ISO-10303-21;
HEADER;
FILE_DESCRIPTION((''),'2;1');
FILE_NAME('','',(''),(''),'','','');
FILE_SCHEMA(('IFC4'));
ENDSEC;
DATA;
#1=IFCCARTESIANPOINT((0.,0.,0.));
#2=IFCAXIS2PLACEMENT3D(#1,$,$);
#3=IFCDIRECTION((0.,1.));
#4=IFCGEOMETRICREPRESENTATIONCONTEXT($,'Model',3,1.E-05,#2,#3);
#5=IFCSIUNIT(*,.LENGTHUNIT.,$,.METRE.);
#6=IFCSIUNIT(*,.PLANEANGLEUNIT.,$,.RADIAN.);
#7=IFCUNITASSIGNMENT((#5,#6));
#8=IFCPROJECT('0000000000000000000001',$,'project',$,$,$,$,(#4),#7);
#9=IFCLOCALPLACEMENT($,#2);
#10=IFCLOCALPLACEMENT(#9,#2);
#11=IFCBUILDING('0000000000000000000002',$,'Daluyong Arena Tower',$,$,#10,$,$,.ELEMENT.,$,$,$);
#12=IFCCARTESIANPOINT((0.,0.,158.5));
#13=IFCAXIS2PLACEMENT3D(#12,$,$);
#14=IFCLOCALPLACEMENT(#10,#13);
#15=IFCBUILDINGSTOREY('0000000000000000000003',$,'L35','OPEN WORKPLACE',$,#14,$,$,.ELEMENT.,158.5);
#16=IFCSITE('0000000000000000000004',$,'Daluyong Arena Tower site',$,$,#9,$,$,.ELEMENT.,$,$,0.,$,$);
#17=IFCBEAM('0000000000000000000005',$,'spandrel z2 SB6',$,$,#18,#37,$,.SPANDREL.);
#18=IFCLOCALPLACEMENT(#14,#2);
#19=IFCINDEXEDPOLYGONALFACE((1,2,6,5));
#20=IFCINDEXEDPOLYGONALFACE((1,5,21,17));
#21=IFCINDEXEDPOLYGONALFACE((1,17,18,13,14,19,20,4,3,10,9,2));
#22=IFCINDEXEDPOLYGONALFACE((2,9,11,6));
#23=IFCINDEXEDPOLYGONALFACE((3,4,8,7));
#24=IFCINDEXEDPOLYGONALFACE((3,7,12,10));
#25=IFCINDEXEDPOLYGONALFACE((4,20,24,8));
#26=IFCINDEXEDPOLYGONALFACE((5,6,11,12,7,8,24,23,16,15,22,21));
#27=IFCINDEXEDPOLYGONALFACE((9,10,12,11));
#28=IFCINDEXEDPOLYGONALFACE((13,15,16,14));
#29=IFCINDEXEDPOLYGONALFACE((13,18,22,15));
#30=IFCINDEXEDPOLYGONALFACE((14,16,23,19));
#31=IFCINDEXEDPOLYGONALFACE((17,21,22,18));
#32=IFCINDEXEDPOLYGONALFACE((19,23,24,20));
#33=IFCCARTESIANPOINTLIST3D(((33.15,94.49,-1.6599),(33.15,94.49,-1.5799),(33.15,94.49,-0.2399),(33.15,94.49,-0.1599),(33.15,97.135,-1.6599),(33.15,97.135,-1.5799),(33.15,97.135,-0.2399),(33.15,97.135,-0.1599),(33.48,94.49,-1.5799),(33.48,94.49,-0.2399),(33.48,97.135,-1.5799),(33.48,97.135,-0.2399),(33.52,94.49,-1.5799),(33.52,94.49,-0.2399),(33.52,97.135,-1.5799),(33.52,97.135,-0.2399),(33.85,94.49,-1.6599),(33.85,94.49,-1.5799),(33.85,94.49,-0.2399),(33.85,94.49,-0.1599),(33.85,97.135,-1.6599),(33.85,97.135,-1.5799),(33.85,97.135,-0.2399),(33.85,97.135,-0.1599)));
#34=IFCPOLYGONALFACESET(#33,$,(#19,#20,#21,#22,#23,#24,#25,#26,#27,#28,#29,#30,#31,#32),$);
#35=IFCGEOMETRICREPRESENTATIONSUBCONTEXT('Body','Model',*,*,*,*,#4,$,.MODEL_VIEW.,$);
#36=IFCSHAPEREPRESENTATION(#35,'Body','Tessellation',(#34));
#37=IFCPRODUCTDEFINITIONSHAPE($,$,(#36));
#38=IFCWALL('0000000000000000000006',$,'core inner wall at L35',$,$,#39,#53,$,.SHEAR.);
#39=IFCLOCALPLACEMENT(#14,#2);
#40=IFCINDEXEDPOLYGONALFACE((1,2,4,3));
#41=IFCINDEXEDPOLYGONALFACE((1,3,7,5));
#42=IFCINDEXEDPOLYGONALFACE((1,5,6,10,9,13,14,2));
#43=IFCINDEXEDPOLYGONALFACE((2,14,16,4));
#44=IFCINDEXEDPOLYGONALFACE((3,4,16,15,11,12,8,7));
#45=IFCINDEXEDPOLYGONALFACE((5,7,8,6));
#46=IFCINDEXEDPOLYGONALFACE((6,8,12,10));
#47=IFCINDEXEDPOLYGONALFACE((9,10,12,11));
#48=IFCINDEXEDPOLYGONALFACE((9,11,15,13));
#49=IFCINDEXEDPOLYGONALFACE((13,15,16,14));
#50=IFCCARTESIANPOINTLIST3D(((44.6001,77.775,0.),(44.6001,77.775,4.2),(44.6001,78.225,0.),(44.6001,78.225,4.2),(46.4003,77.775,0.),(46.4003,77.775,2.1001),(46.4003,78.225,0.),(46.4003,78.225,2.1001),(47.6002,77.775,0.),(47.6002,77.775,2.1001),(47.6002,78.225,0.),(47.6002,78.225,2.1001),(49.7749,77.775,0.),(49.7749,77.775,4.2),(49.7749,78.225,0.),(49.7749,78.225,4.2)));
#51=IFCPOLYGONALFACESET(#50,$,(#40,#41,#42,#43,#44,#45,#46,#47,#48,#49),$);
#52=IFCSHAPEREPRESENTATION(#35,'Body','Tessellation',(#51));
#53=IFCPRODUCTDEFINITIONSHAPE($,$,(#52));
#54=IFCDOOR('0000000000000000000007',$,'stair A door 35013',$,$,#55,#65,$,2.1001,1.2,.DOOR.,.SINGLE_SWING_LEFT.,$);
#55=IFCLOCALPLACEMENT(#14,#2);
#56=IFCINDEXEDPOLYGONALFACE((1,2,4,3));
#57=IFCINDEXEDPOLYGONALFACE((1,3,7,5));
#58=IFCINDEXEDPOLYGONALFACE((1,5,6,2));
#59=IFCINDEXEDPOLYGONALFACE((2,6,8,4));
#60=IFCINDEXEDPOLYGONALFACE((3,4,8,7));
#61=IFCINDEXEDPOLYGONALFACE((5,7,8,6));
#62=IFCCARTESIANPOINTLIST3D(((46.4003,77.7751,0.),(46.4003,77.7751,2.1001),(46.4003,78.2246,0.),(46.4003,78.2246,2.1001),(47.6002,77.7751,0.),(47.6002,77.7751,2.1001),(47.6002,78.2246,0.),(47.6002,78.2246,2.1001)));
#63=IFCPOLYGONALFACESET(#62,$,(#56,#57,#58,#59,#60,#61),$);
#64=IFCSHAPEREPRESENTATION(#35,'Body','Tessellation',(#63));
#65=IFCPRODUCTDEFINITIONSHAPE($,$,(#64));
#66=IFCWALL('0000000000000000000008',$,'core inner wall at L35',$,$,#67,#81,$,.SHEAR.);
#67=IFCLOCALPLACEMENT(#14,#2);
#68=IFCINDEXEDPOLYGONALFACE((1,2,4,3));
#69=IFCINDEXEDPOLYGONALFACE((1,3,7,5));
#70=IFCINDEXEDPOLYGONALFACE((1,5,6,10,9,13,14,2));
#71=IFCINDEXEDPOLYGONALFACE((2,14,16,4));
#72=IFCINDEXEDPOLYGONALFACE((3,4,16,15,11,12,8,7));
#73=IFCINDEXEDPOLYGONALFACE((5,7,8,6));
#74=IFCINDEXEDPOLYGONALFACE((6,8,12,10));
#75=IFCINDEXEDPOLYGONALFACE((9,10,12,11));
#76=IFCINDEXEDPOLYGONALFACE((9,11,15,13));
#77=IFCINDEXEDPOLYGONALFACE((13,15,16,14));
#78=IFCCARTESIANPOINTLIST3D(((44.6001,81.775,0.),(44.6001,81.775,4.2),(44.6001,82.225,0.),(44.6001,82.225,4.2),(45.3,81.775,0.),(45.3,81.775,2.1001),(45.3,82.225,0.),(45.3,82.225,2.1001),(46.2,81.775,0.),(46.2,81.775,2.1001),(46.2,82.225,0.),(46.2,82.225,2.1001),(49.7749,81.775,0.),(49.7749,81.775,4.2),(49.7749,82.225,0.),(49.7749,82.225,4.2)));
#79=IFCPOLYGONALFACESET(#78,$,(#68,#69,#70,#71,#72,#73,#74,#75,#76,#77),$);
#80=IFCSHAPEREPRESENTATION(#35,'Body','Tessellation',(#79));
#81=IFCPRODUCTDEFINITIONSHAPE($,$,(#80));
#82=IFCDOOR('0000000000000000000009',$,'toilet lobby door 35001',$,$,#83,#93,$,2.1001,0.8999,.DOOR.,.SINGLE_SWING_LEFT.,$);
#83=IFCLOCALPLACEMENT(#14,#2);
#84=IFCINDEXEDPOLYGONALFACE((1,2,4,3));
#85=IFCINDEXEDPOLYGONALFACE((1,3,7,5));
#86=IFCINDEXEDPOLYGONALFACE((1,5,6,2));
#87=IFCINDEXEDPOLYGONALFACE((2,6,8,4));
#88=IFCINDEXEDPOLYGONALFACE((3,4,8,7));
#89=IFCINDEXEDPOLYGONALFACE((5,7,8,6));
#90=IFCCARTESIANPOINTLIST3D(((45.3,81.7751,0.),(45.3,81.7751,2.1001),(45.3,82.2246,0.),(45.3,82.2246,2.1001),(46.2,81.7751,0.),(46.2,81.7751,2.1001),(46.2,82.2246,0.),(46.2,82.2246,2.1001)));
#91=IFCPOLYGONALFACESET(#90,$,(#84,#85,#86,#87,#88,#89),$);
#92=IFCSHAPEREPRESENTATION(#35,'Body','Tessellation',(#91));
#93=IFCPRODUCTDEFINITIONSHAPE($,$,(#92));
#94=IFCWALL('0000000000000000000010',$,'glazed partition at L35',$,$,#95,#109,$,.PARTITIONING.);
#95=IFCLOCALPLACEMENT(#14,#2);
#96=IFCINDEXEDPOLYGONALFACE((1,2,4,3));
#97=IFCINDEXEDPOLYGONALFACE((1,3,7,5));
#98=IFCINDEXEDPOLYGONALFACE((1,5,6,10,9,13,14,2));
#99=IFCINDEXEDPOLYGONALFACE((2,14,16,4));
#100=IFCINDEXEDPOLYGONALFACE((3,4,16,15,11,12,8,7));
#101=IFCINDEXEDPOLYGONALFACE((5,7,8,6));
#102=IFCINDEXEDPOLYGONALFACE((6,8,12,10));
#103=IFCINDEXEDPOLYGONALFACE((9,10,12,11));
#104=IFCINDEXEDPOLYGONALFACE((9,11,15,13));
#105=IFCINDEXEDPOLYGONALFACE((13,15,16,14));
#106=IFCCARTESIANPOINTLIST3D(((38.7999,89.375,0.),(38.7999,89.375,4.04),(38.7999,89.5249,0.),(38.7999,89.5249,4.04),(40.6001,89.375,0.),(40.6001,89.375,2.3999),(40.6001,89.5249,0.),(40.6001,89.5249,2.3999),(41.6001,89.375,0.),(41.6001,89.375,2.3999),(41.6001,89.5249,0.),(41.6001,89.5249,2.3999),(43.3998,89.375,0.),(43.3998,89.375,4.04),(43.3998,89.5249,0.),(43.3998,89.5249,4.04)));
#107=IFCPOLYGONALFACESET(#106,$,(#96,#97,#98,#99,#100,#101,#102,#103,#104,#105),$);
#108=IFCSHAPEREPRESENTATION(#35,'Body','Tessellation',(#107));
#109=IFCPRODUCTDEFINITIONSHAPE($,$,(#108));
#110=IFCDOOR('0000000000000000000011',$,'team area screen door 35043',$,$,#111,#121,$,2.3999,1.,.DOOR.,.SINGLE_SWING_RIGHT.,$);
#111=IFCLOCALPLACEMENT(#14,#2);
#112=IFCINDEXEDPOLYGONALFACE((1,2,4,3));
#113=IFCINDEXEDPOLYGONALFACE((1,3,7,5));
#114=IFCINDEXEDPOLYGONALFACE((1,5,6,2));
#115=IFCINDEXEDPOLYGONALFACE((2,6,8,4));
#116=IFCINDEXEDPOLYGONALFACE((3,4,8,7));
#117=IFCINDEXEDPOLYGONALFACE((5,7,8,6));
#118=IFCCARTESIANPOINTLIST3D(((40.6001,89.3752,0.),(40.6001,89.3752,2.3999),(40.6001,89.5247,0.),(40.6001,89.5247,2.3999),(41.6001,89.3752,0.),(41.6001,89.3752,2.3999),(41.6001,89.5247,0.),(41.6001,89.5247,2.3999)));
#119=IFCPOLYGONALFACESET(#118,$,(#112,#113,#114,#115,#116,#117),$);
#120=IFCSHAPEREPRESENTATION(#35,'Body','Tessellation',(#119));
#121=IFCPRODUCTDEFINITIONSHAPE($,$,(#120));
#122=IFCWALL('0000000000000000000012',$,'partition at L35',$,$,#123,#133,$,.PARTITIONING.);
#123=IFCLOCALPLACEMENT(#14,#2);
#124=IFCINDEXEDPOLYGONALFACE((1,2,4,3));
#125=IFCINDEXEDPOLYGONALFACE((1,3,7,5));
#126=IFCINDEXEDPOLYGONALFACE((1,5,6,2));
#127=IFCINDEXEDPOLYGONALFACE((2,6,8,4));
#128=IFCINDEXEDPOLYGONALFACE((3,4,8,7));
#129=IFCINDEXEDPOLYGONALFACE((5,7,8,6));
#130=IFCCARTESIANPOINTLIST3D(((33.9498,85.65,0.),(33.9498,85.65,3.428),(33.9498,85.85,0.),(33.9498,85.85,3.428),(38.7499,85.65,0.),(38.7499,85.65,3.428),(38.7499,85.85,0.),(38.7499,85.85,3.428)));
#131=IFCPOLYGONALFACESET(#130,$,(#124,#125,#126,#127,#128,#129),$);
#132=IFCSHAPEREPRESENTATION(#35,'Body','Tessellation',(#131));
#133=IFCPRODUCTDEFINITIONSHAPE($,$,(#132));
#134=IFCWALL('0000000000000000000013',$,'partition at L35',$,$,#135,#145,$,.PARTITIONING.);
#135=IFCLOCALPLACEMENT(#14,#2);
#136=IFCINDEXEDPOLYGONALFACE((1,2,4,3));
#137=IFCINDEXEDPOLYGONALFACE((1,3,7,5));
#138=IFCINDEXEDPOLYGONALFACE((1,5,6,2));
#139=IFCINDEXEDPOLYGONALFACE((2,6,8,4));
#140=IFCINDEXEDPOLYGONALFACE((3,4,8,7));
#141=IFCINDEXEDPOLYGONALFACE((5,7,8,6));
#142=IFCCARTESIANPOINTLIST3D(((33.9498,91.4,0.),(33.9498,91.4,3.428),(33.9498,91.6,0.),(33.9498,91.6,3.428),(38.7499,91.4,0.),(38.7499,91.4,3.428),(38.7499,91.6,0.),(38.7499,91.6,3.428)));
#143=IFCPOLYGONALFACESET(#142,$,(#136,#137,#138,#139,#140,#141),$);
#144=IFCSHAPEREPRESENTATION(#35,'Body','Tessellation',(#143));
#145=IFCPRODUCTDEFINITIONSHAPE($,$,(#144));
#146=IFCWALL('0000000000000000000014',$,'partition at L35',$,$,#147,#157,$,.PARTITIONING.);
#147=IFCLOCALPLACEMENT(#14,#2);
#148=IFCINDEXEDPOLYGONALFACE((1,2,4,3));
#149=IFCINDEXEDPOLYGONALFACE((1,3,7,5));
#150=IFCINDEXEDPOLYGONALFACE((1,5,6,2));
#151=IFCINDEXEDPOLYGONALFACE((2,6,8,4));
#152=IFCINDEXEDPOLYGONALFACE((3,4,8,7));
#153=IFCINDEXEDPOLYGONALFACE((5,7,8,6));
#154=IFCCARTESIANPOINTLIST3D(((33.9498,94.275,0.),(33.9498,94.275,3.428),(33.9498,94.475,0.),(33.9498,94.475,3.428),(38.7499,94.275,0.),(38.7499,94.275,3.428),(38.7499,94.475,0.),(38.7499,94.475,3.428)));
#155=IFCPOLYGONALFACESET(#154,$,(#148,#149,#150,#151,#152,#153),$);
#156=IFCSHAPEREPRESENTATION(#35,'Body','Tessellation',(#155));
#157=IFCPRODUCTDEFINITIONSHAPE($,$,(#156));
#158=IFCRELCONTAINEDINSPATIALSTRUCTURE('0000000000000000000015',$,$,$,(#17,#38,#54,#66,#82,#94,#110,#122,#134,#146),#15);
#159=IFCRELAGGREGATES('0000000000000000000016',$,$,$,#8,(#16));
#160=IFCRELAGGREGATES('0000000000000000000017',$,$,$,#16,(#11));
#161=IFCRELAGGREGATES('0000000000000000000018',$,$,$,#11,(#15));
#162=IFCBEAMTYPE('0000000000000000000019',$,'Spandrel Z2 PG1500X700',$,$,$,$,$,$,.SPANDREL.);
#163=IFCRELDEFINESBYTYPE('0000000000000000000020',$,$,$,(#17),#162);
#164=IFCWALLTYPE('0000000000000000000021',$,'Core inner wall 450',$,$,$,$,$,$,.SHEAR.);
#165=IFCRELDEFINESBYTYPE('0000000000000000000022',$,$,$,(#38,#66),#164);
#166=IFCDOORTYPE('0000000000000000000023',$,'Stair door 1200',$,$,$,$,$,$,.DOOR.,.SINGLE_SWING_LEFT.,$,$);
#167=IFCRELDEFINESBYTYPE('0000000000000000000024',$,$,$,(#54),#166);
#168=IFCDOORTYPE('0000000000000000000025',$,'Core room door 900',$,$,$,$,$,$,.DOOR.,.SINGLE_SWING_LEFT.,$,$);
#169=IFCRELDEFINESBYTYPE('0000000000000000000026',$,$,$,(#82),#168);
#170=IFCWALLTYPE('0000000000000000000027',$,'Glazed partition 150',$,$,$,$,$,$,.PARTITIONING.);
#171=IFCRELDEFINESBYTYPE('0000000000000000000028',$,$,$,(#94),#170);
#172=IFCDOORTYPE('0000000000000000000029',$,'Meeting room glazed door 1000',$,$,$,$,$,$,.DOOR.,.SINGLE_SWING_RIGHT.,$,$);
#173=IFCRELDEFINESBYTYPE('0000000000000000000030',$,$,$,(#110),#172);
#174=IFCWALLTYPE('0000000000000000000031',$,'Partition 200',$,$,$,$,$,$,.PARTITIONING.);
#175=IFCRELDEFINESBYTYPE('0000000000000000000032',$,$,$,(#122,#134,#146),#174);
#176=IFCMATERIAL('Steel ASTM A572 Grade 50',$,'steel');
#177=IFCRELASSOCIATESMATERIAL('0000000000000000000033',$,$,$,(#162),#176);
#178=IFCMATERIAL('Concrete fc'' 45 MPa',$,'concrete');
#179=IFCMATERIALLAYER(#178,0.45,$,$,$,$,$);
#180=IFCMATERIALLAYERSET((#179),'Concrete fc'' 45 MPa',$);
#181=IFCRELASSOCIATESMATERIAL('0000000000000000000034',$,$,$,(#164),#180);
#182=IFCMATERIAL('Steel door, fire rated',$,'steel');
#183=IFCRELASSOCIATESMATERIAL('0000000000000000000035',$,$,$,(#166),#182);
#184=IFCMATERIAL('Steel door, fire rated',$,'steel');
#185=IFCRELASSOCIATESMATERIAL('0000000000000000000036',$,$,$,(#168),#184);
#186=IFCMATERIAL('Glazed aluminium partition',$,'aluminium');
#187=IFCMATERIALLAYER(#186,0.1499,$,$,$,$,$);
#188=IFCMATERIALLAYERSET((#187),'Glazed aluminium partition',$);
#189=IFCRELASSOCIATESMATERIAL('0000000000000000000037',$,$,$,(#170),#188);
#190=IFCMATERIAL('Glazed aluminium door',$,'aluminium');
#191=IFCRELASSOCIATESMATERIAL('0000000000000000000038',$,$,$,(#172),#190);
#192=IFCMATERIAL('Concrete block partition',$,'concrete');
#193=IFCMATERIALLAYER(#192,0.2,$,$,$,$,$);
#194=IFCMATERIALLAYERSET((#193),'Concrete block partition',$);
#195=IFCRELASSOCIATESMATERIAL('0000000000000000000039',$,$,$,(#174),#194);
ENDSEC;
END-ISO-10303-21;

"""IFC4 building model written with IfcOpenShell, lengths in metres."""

from ifc_helpers import new_model, si_unit, direction, frame, frame_2d, origin, origin_2d, place, context, subcontext, project, spatial, rectangle, i_section, extrude, material, layer, layer_set, material_profile, profile_set, type_object, element, fill, save


model = new_model("IFC4")

# Units and contexts
model_context = context("Model", 3, precision=1e-05, world=origin(), true_north=direction((0.0, 1.0)))
body_context = subcontext(model_context, "Body", "Model", "MODEL_VIEW")
ifc_project = project(units=[si_unit("LENGTHUNIT", "METRE"), si_unit("PLANEANGLEUNIT", "RADIAN")], contexts=[model_context])

# Site, building, storey
site_placement = place(None, origin())
site = spatial("IfcSite", under=ifc_project, at=site_placement, Name="Daluyong Arena Tower site", CompositionType="ELEMENT", RefElevation=0.0)
building_placement = place(site_placement, origin())
building = spatial("IfcBuilding", under=site, at=building_placement, Name="Daluyong Arena Tower", CompositionType="ELEMENT")
storey_placement = place(building_placement, frame((0.0, 0.0, 158.5)))
storey = spatial("IfcBuildingStorey", under=building, at=storey_placement, Name="L35", Description="OPEN WORKPLACE", CompositionType="ELEMENT", Elevation=158.5)

# Beam
ifc_material_1 = material(Name="Steel ASTM A572 Grade 50", Category="steel")
ifc_material_profile_1 = material_profile(ifc_material_1, i_section(OverallWidth=0.7, OverallDepth=1.5, WebThickness=0.04, FlangeThickness=0.08, at=origin_2d()))
ifc_profile_set_1 = profile_set([ifc_material_profile_1], Name="Steel ASTM A572 Grade 50")
beam_type_1 = type_object("IfcBeamType", Name="Spandrel Z2 PG1500X700", PredefinedType="SPANDREL", material=ifc_profile_set_1)
beam_1_placement = place(storey_placement, frame((33.5, 97.135, -0.9099), z_axis=(0.0, -1.0, 0.0), x_axis=(1.0, 0.0, 0.0)))
element("IfcBeam", 1, at=beam_1_placement, inside=storey, type_object=beam_type_1, Name="spandrel z2 SB6", PredefinedType="SPANDREL", context=body_context, shape_type="SweptSolid", body=[
    extrude(i_section(OverallWidth=0.7, OverallDepth=1.5, WebThickness=0.04, FlangeThickness=0.08, at=origin_2d()), origin(), (0.0, 0.0, 1.0), 2.645),
])

# Walls, openings, doors
ifc_material_2 = material(Name="Concrete fc' 45 MPa", Category="concrete")
ifc_layer_1 = layer(ifc_material_2, 0.45)
ifc_layer_set_1 = layer_set([ifc_layer_1], Name="Concrete fc' 45 MPa")
wall_type_1 = type_object("IfcWallType", Name="Core inner wall 450", PredefinedType="SHEAR", material=ifc_layer_set_1)
wall_1_placement = place(storey_placement, frame((44.6001, 78.0, 0.0), z_axis=(0.0, 0.0, 1.0), x_axis=(1.0, 0.0, 0.0)))
wall_1 = element("IfcWall", 2, at=wall_1_placement, inside=storey, type_object=wall_type_1, Name="core inner wall at L35", PredefinedType="SHEAR", context=body_context, shape_type="SweptSolid", body=[
    extrude(rectangle(XDim=5.1748, YDim=0.45, at=frame_2d((2.5874, 0.0))), origin(), (0.0, 0.0, 1.0), 4.2),
])
opening_1_placement = place(wall_1_placement, frame((1.8, 0.0, 0.0)))
opening_1 = element("IfcOpeningElement", 3, at=opening_1_placement, cuts=wall_1, PredefinedType="OPENING", context=body_context, shape_type="SweptSolid", body=[
    extrude(rectangle(XDim=1.2, YDim=2.1001, at=frame_2d((0.6001, 1.05))), frame((0.0, 0.2349, 0.0), z_axis=(0.0, -1.0, 0.0), x_axis=(1.0, 0.0, 0.0)), (0.0, 0.0, 1.0), 0.47),
])
ifc_material_3 = material(Name="Steel door, fire rated", Category="steel")
door_type_1 = type_object("IfcDoorType", Name="Stair door 1200", OperationType="SINGLE_SWING_LEFT", PredefinedType="DOOR", material=ifc_material_3)
door_1_placement = place(opening_1_placement, origin())
door_1 = element("IfcDoor", 4, at=door_1_placement, inside=storey, type_object=door_type_1, Name="stair A door 35013", OperationType="SINGLE_SWING_LEFT", OverallHeight=2.1001, OverallWidth=1.2, PredefinedType="DOOR", context=body_context, shape_type="SweptSolid", body=[
    extrude(rectangle(XDim=1.2, YDim=2.1001, at=frame_2d((0.6001, 1.05))), frame((0.0, 0.2246, 0.0), z_axis=(0.0, -1.0, 0.0), x_axis=(1.0, 0.0, 0.0)), (0.0, 0.0, 1.0), 0.4495),
])
fill(opening_1, door_1)
wall_2_placement = place(storey_placement, frame((44.6001, 82.0, 0.0), z_axis=(0.0, 0.0, 1.0), x_axis=(1.0, 0.0, 0.0)))
wall_2 = element("IfcWall", 5, at=wall_2_placement, inside=storey, type_object=wall_type_1, Name="core inner wall at L35", PredefinedType="SHEAR", context=body_context, shape_type="SweptSolid", body=[
    extrude(rectangle(XDim=5.1748, YDim=0.45, at=frame_2d((2.5874, 0.0))), origin(), (0.0, 0.0, 1.0), 4.2),
])
opening_2_placement = place(wall_2_placement, frame((0.7, 0.0, 0.0)))
opening_2 = element("IfcOpeningElement", 6, at=opening_2_placement, cuts=wall_2, PredefinedType="OPENING", context=body_context, shape_type="SweptSolid", body=[
    extrude(rectangle(XDim=0.8999, YDim=2.1001, at=frame_2d((0.45, 1.05))), frame((0.0, 0.2349, 0.0), z_axis=(0.0, -1.0, 0.0), x_axis=(1.0, 0.0, 0.0)), (0.0, 0.0, 1.0), 0.47),
])
ifc_material_4 = material(Name="Steel door, fire rated", Category="steel")
door_type_2 = type_object("IfcDoorType", Name="Core room door 900", OperationType="SINGLE_SWING_LEFT", PredefinedType="DOOR", material=ifc_material_4)
door_2_placement = place(opening_2_placement, origin())
door_2 = element("IfcDoor", 7, at=door_2_placement, inside=storey, type_object=door_type_2, Name="toilet lobby door 35001", OperationType="SINGLE_SWING_LEFT", OverallHeight=2.1001, OverallWidth=0.8999, PredefinedType="DOOR", context=body_context, shape_type="SweptSolid", body=[
    extrude(rectangle(XDim=0.8999, YDim=2.1001, at=frame_2d((0.45, 1.05))), frame((0.0, 0.2246, 0.0), z_axis=(0.0, -1.0, 0.0), x_axis=(1.0, 0.0, 0.0)), (0.0, 0.0, 1.0), 0.4495),
])
fill(opening_2, door_2)
ifc_material_5 = material(Name="Glazed aluminium partition", Category="aluminium")
ifc_layer_2 = layer(ifc_material_5, 0.1499)
ifc_layer_set_2 = layer_set([ifc_layer_2], Name="Glazed aluminium partition")
wall_type_2 = type_object("IfcWallType", Name="Glazed partition 150", PredefinedType="PARTITIONING", material=ifc_layer_set_2)
wall_3_placement = place(storey_placement, frame((38.8, 89.45, 0.0), z_axis=(0.0, 0.0, 1.0), x_axis=(1.0, 0.0, 0.0)))
wall_3 = element("IfcWall", 8, at=wall_3_placement, inside=storey, type_object=wall_type_2, Name="glazed partition at L35", PredefinedType="PARTITIONING", context=body_context, shape_type="SweptSolid", body=[
    extrude(rectangle(XDim=4.5999, YDim=0.1499, at=frame_2d((2.2998, 0.0))), origin(), (0.0, 0.0, 1.0), 4.04),
])
opening_3_placement = place(wall_3_placement, frame((1.8, 0.0, 0.0)))
opening_3 = element("IfcOpeningElement", 9, at=opening_3_placement, cuts=wall_3, PredefinedType="OPENING", context=body_context, shape_type="SweptSolid", body=[
    extrude(rectangle(XDim=1.0, YDim=2.3999, at=frame_2d((0.5, 1.2))), frame((0.0, 0.085, 0.0), z_axis=(0.0, -1.0, 0.0), x_axis=(1.0, 0.0, 0.0)), (0.0, 0.0, 1.0), 0.1699),
])
ifc_material_6 = material(Name="Glazed aluminium door", Category="aluminium")
door_type_3 = type_object("IfcDoorType", Name="Meeting room glazed door 1000", OperationType="SINGLE_SWING_RIGHT", PredefinedType="DOOR", material=ifc_material_6)
door_3_placement = place(opening_3_placement, origin())
door_3 = element("IfcDoor", 10, at=door_3_placement, inside=storey, type_object=door_type_3, Name="team area screen door 35043", OperationType="SINGLE_SWING_RIGHT", OverallHeight=2.3999, OverallWidth=1.0, PredefinedType="DOOR", context=body_context, shape_type="SweptSolid", body=[
    extrude(rectangle(XDim=1.0, YDim=2.3999, at=frame_2d((0.5, 1.2))), frame((0.0, 0.0747, 0.0), z_axis=(0.0, -1.0, 0.0), x_axis=(1.0, 0.0, 0.0)), (0.0, 0.0, 1.0), 0.1494),
])
fill(opening_3, door_3)

# Walls
ifc_material_7 = material(Name="Concrete block partition", Category="concrete")
ifc_layer_3 = layer(ifc_material_7, 0.2)
ifc_layer_set_3 = layer_set([ifc_layer_3], Name="Concrete block partition")
wall_type_3 = type_object("IfcWallType", Name="Partition 200", PredefinedType="PARTITIONING", material=ifc_layer_set_3)
for number, where, z_axis, x_axis, name in (
    (11, (33.95, 85.75, 0.0), (0.0, 0.0, 1.0), (1.0, 0.0, 0.0), "partition at L35"),
    (12, (33.95, 91.5, 0.0), (0.0, 0.0, 1.0), (1.0, 0.0, 0.0), "partition at L35"),
    (13, (33.95, 94.375, 0.0), (0.0, 0.0, 1.0), (1.0, 0.0, 0.0), "partition at L35"),
):
    element("IfcWall", number, at=place(storey_placement, frame(where, z_axis=z_axis, x_axis=x_axis)), inside=storey, type_object=wall_type_3, Name=name, PredefinedType="PARTITIONING", context=body_context, shape_type="SweptSolid", body=[
        extrude(rectangle(XDim=4.8, YDim=0.2, at=frame_2d((2.3999, 0.0))), origin(), (0.0, 0.0, 1.0), 3.428),
    ])

save(model, "model.ifc")
